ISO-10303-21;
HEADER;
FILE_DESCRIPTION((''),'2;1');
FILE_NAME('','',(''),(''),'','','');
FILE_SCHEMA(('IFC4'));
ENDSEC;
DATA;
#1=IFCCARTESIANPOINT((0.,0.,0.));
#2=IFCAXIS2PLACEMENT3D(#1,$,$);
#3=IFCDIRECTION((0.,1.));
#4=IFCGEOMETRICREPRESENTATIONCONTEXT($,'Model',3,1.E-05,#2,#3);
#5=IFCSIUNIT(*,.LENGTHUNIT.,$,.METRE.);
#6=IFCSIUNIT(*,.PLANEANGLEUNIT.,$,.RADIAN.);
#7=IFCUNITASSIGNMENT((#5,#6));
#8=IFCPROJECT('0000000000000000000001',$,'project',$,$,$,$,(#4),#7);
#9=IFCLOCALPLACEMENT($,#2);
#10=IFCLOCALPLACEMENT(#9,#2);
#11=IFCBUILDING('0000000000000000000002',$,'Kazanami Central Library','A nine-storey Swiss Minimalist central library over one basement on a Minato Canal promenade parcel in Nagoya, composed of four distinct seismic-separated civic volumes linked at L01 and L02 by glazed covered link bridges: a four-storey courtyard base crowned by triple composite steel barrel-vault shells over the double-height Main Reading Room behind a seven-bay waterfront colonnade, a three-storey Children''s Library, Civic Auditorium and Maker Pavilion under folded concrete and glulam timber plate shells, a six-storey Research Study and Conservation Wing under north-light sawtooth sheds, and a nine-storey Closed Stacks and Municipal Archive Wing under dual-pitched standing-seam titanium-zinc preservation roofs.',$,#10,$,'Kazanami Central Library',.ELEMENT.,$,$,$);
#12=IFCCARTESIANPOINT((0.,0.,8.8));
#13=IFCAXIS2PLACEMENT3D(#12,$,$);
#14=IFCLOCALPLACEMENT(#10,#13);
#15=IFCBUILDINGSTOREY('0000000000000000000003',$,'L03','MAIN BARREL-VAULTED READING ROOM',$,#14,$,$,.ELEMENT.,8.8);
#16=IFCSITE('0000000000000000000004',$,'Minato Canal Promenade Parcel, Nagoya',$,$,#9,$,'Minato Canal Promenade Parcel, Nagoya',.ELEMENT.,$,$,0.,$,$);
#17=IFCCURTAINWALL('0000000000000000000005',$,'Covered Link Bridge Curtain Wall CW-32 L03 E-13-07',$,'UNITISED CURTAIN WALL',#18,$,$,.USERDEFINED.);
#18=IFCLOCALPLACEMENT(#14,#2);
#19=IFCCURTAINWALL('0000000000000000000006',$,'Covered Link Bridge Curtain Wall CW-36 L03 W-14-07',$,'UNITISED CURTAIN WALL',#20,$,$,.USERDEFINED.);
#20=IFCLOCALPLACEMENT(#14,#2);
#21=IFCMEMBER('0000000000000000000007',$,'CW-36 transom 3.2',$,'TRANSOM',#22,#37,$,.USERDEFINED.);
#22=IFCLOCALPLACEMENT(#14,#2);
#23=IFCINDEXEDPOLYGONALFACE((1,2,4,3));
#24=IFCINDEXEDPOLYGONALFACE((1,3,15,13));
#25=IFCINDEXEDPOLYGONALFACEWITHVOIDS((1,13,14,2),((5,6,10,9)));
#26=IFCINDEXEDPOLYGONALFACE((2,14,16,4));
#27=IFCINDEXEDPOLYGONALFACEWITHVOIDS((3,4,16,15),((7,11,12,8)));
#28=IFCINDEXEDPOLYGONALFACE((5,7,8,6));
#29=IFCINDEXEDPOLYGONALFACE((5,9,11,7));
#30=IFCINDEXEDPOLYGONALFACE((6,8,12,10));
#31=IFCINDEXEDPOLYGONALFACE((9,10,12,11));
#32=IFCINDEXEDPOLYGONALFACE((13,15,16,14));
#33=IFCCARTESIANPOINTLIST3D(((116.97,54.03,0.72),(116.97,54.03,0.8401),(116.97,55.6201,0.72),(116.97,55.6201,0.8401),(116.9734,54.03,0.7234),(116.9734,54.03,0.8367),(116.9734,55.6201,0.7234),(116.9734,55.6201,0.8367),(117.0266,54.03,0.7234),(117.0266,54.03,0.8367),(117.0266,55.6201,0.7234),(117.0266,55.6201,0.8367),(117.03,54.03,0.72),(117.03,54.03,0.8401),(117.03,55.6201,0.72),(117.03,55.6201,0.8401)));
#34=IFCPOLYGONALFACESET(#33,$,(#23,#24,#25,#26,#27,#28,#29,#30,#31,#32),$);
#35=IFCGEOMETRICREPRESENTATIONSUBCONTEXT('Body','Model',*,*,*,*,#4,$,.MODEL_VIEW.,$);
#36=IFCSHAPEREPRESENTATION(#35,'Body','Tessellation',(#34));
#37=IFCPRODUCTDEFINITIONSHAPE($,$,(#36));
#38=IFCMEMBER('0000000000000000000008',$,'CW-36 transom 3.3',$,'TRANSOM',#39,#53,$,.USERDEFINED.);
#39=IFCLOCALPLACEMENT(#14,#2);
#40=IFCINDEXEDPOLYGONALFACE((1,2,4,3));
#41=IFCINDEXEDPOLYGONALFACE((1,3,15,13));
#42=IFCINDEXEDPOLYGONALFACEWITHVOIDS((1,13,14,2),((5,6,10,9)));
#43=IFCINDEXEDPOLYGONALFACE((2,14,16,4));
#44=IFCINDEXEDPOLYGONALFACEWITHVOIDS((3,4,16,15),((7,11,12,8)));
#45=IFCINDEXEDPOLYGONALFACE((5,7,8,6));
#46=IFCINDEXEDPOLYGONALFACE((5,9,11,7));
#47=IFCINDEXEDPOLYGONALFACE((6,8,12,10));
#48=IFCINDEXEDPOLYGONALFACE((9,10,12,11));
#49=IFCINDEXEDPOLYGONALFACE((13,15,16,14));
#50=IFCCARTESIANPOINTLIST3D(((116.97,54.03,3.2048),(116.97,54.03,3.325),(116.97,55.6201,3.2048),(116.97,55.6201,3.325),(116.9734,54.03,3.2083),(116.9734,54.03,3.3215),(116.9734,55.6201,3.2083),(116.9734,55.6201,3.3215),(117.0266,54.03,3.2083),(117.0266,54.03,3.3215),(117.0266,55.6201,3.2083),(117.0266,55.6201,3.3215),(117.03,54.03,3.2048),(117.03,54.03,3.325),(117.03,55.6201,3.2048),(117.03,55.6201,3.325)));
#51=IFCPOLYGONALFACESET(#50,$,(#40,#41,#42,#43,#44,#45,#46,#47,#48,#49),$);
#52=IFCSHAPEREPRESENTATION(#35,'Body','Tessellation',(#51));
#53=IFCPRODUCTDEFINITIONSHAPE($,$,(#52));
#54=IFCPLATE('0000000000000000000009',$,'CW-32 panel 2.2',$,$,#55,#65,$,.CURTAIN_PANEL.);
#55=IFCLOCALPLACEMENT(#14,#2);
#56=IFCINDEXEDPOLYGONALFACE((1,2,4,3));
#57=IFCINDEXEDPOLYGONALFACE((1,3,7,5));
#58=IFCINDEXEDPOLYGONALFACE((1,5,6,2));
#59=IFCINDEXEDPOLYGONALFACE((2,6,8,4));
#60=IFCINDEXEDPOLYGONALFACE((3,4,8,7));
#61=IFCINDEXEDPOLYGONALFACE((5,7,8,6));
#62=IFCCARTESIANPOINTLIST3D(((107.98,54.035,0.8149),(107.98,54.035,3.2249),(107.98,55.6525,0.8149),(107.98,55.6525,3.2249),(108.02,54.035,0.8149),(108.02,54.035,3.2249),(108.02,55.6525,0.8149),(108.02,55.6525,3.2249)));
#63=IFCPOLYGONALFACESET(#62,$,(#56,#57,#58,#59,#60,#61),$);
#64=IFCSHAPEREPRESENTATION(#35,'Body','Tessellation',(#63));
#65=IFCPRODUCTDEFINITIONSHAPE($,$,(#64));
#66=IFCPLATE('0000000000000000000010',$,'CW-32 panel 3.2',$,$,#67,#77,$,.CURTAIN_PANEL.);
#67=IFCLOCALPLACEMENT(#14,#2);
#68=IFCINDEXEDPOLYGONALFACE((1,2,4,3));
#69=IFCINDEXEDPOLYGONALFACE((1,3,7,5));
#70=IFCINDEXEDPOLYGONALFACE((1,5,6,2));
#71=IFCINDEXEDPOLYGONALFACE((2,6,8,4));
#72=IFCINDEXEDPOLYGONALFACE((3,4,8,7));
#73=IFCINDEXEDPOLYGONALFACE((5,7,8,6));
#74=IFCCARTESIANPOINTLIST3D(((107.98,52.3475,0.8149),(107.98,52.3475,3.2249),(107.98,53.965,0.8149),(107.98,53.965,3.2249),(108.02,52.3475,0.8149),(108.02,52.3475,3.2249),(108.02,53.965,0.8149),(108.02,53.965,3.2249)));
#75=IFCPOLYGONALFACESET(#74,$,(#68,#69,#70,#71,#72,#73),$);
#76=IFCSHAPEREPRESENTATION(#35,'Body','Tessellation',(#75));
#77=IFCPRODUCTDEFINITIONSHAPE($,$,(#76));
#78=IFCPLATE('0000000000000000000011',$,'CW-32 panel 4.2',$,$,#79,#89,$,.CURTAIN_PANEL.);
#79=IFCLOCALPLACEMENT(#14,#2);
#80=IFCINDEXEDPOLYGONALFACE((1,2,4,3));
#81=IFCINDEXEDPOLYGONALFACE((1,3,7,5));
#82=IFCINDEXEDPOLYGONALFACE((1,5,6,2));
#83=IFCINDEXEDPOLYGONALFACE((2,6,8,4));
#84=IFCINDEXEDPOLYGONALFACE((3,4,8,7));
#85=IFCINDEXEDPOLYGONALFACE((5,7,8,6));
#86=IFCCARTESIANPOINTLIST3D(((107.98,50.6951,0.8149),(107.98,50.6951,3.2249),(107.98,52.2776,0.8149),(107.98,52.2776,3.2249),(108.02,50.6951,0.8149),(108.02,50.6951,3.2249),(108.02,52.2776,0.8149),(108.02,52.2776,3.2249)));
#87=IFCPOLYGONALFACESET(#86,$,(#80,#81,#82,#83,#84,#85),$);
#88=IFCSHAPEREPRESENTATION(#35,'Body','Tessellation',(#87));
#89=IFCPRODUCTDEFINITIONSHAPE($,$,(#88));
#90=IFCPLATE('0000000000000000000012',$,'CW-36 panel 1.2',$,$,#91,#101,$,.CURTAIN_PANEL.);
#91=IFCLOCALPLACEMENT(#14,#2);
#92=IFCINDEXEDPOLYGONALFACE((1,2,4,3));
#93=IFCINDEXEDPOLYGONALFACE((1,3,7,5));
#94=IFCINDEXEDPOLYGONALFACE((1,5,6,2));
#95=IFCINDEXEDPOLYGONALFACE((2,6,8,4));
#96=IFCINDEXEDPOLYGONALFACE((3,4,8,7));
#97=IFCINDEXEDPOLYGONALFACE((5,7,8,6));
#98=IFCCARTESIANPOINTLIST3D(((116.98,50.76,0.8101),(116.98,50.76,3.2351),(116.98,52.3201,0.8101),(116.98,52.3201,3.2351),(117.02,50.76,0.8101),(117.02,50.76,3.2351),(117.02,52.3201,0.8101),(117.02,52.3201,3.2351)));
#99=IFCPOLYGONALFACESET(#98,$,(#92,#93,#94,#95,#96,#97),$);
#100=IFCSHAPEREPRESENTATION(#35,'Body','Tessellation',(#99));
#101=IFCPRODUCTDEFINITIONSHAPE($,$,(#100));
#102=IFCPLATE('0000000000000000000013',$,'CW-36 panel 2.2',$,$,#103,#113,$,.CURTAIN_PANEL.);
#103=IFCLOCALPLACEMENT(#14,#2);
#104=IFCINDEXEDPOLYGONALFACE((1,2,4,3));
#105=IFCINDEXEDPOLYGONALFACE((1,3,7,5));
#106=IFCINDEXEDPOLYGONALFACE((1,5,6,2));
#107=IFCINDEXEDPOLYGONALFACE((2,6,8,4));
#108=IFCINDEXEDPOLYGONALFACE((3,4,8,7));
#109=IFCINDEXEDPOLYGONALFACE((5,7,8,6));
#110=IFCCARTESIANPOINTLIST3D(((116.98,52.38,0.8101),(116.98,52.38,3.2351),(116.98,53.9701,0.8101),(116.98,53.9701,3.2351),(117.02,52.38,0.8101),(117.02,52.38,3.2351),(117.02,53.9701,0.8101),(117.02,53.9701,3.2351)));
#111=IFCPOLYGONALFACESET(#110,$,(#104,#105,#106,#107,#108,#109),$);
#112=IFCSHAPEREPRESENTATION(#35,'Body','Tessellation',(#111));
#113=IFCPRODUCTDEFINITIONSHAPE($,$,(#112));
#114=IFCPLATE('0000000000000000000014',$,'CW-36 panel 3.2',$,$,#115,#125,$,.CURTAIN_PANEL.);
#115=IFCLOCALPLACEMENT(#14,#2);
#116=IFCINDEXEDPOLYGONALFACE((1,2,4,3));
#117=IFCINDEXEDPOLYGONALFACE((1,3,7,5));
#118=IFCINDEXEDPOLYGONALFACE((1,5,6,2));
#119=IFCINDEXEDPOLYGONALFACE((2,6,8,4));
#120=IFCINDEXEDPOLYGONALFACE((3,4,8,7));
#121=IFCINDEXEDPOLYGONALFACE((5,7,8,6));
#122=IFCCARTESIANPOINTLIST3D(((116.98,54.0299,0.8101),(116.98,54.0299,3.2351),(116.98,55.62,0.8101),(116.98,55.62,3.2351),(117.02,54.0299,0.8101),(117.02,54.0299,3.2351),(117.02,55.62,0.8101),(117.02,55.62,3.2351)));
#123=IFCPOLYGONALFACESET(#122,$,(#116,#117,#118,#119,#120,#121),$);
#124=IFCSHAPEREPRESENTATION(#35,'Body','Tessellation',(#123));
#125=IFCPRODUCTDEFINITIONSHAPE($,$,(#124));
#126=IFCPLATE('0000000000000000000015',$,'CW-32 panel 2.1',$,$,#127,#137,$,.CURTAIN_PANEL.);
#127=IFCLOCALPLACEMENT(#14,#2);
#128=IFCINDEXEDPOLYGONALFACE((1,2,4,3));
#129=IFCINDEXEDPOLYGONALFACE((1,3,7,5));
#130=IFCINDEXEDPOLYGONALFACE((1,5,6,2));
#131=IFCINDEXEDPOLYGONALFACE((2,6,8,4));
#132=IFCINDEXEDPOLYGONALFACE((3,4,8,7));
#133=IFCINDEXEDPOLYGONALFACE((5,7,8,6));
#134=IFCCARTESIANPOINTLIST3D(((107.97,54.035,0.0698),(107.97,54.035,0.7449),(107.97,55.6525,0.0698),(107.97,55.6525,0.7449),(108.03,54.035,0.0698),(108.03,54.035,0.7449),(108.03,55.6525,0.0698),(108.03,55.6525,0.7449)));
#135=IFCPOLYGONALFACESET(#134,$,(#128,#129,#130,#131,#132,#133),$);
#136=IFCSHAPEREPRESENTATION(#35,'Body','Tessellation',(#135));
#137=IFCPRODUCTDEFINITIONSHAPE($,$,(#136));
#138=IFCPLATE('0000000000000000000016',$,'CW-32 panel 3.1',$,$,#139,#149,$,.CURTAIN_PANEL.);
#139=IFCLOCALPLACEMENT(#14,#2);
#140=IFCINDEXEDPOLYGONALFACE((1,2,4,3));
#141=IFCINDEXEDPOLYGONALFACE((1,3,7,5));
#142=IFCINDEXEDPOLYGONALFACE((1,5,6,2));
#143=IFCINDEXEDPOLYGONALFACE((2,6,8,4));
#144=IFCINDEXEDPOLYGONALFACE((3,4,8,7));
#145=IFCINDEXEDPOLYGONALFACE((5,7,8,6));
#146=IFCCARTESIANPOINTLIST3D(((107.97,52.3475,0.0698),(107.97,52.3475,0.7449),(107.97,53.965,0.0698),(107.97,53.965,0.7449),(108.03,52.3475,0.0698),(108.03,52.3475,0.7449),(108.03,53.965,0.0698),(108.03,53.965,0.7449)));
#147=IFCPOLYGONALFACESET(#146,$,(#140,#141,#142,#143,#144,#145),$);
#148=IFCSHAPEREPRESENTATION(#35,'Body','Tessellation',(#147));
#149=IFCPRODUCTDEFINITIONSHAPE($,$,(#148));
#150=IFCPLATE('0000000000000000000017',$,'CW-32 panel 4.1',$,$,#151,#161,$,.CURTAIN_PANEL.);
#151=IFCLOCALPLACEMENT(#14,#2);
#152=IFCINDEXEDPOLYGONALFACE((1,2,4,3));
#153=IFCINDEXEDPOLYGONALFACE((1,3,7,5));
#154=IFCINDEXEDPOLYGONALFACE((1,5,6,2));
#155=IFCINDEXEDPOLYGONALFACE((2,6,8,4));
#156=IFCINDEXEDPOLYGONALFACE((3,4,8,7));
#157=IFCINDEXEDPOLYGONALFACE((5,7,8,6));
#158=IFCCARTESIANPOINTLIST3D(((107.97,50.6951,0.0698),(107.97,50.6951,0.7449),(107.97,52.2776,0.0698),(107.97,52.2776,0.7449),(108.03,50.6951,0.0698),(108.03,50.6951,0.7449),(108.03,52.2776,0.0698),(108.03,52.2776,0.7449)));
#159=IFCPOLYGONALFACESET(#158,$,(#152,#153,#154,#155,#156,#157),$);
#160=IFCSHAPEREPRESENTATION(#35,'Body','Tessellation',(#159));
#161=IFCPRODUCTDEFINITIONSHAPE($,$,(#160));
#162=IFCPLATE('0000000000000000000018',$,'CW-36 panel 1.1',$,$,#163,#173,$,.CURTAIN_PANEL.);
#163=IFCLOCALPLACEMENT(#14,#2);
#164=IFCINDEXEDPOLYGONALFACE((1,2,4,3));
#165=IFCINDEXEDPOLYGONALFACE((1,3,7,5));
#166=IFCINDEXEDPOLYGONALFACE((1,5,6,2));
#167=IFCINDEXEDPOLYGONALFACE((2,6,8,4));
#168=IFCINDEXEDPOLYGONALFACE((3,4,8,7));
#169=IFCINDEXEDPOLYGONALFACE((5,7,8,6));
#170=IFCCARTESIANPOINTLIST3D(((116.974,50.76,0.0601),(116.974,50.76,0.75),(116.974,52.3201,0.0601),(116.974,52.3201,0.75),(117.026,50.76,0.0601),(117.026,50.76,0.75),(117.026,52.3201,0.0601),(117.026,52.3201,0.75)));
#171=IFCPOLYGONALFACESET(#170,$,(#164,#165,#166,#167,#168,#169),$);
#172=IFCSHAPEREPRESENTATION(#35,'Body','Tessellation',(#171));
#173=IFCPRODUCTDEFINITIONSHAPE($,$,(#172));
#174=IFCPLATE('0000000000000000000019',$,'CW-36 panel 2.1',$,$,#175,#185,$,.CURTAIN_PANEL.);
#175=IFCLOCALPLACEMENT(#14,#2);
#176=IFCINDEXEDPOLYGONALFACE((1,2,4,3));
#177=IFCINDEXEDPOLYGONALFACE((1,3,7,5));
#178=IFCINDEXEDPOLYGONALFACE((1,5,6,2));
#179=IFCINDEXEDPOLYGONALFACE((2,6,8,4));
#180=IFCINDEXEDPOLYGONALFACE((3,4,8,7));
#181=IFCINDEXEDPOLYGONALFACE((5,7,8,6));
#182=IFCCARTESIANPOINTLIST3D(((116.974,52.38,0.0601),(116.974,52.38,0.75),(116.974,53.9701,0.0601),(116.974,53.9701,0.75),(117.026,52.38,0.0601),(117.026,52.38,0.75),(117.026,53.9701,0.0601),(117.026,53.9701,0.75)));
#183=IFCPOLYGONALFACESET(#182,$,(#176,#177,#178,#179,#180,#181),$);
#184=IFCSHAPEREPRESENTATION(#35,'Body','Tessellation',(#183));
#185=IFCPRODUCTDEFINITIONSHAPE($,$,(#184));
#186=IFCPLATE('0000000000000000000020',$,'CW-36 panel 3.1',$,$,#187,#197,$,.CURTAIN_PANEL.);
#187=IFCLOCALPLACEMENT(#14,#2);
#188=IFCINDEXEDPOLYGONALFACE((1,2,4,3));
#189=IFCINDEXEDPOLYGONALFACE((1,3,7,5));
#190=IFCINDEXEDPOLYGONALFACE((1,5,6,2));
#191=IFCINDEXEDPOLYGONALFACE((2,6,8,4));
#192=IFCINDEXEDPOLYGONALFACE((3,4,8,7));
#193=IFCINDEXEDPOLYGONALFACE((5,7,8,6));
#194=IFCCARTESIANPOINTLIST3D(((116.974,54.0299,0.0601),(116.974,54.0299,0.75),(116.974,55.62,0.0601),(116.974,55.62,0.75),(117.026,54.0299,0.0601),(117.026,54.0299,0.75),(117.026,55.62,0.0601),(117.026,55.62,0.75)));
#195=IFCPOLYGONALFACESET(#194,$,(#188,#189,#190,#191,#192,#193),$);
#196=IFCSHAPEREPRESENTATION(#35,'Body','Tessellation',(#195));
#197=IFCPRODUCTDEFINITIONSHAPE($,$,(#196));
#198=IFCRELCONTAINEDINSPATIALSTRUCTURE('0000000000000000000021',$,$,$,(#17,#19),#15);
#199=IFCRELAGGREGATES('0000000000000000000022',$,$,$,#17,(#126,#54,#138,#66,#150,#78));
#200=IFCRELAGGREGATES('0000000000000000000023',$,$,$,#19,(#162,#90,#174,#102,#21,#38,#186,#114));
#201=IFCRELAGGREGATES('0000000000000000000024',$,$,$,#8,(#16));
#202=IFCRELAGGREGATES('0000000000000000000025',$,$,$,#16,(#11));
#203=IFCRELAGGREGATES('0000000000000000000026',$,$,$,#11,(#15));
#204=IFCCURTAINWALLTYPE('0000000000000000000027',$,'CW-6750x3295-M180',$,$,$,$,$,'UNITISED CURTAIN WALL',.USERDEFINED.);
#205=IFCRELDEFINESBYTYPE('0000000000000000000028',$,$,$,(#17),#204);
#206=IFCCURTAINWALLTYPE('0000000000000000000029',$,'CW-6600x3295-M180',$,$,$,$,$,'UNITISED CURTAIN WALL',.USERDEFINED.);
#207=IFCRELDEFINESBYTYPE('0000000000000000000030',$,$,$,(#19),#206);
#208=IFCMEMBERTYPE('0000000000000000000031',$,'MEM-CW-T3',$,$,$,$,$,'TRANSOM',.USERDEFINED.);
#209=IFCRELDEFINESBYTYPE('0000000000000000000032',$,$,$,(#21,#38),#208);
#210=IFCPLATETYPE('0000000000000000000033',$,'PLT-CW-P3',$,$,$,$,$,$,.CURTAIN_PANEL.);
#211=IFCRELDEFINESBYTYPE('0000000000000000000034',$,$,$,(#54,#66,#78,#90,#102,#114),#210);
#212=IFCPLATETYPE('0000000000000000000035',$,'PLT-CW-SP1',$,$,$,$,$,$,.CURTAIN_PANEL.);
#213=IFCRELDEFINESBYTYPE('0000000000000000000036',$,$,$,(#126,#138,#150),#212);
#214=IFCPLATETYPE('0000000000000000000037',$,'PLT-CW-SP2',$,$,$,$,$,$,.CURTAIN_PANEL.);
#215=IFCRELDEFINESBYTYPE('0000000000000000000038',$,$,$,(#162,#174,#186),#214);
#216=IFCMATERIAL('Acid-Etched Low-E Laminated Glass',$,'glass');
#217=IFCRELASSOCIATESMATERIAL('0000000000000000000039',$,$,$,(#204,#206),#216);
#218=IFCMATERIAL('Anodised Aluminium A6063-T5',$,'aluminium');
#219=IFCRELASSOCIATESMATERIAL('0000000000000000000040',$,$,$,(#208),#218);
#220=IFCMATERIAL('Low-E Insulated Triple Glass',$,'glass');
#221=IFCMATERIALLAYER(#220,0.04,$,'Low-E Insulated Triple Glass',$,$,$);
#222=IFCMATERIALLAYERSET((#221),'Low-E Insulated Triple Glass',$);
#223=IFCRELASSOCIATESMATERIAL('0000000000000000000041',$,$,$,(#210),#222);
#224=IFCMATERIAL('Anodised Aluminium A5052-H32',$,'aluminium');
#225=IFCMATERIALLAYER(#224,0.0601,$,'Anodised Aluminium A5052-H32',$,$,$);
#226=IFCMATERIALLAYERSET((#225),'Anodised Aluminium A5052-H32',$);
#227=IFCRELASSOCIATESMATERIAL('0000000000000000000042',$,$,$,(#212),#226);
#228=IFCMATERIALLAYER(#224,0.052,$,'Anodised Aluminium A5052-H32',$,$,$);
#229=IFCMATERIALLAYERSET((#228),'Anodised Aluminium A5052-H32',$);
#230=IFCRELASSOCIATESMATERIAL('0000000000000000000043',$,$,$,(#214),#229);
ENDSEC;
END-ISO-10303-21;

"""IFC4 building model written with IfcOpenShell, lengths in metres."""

from ifc_helpers import new_model, si_unit, direction, frame, origin, origin_2d, place, context, subcontext, project, spatial, rectangle, hollow_rectangle, extrude, material, layer, layer_set, material_profile, profile_set, type_object, element, aggregate, save


model = new_model("IFC4")

# Units and contexts
model_context = context("Model", 3, precision=1e-05, world=origin(), true_north=direction((0.0, 1.0)))
body_context = subcontext(model_context, "Body", "Model", "MODEL_VIEW")
ifc_project = project(units=[si_unit("LENGTHUNIT", "METRE"), si_unit("PLANEANGLEUNIT", "RADIAN")], contexts=[model_context])

# Site, building, storey
site_placement = place(None, origin())
site = spatial("IfcSite", under=ifc_project, at=site_placement, Name="Minato Canal Promenade Parcel, Nagoya", LongName="Minato Canal Promenade Parcel, Nagoya", CompositionType="ELEMENT", RefElevation=0.0)
building_placement = place(site_placement, origin())
building = spatial("IfcBuilding", under=site, at=building_placement, Name="Kazanami Central Library", Description="A nine-storey Swiss Minimalist central library over one basement on a Minato Canal promenade parcel in Nagoya, composed of four distinct seismic-separated civic volumes linked at L01 and L02 by glazed covered link bridges: a four-storey courtyard base crowned by triple composite steel barrel-vault shells over the double-height Main Reading Room behind a seven-bay waterfront colonnade, a three-storey Children's Library, Civic Auditorium and Maker Pavilion under folded concrete and glulam timber plate shells, a six-storey Research Study and Conservation Wing under north-light sawtooth sheds, and a nine-storey Closed Stacks and Municipal Archive Wing under dual-pitched standing-seam titanium-zinc preservation roofs.", LongName="Kazanami Central Library", CompositionType="ELEMENT")
storey_placement = place(building_placement, frame((0.0, 0.0, 8.8)))
storey = spatial("IfcBuildingStorey", under=building, at=storey_placement, Name="L03", Description="MAIN BARREL-VAULTED READING ROOM", CompositionType="ELEMENT", Elevation=8.8)

# Curtain walls
ifc_material_1 = material(Name="Acid-Etched Low-E Laminated Glass", Category="glass")
curtain_wall_type_1 = type_object("IfcCurtainWallType", Name="CW-6750x3295-M180", ElementType="UNITISED CURTAIN WALL", PredefinedType="USERDEFINED", material=ifc_material_1)
curtain_wall_1_placement = place(storey_placement, origin())
curtain_wall_1 = element("IfcCurtainWall", 1, at=curtain_wall_1_placement, inside=storey, type_object=curtain_wall_type_1, Name="Covered Link Bridge Curtain Wall CW-32 L03 E-13-07", ObjectType="UNITISED CURTAIN WALL", PredefinedType="USERDEFINED")
ifc_material_2 = material(Name="Anodised Aluminium A6063-T5", Category="aluminium")
curtain_wall_type_2 = type_object("IfcCurtainWallType", Name="CW-6600x3295-M180", ElementType="UNITISED CURTAIN WALL", PredefinedType="USERDEFINED", material=ifc_material_1)
curtain_wall_2_placement = place(storey_placement, origin())
curtain_wall_2 = element("IfcCurtainWall", 2, at=curtain_wall_2_placement, inside=storey, type_object=curtain_wall_type_2, Name="Covered Link Bridge Curtain Wall CW-36 L03 W-14-07", ObjectType="UNITISED CURTAIN WALL", PredefinedType="USERDEFINED")

# Members
ifc_material_profile_1 = material_profile(ifc_material_2, hollow_rectangle(XDim=0.0601, YDim=0.1201, WallThickness=0.0034, at=origin_2d()), Name="ALU-TRAN-60x120x3.5")
ifc_profile_set_1 = profile_set([ifc_material_profile_1], Name="Anodised Aluminium A6063-T5")
member_type_1 = type_object("IfcMemberType", Name="MEM-CW-T3", ElementType="TRANSOM", PredefinedType="USERDEFINED", material=ifc_profile_set_1)
member_1_placement = place(storey_placement, frame((117.0, 54.03, 0.78), z_axis=(0.0, 1.0, 0.0), x_axis=(-1.0, 0.0, 0.0)))
member_1 = element("IfcMember", 3, at=member_1_placement, type_object=member_type_1, Name="CW-36 transom 3.2", ObjectType="TRANSOM", PredefinedType="USERDEFINED", context=body_context, shape_type="SweptSolid", body=[
    extrude(hollow_rectangle(XDim=0.0601, YDim=0.1201, WallThickness=0.0034, at=origin_2d()), origin(), (0.0, 0.0, 1.0), 1.5901),
])
member_2_placement = place(storey_placement, frame((117.0, 54.03, 3.2649), z_axis=(0.0, 1.0, 0.0), x_axis=(-1.0, 0.0, 0.0)))
member_2 = element("IfcMember", 4, at=member_2_placement, type_object=member_type_1, Name="CW-36 transom 3.3", ObjectType="TRANSOM", PredefinedType="USERDEFINED", context=body_context, shape_type="SweptSolid", body=[
    extrude(hollow_rectangle(XDim=0.0601, YDim=0.1201, WallThickness=0.0034, at=origin_2d()), origin(), (0.0, 0.0, 1.0), 1.5901),
])

# Plates
ifc_material_3 = material(Name="Low-E Insulated Triple Glass", Category="glass")
ifc_layer_1 = layer(ifc_material_3, 0.04, Name="Low-E Insulated Triple Glass")
ifc_layer_set_1 = layer_set([ifc_layer_1], Name="Low-E Insulated Triple Glass")
plate_type_1 = type_object("IfcPlateType", Name="PLT-CW-P3", PredefinedType="CURTAIN_PANEL", material=ifc_layer_set_1)
plate_1_placement = place(storey_placement, frame((108.0, 54.8438, 0.8149), z_axis=(0.0, 0.0, 1.0), x_axis=(0.0, -1.0, 0.0)))
plate_1 = element("IfcPlate", 5, at=plate_1_placement, type_object=plate_type_1, Name="CW-32 panel 2.2", PredefinedType="CURTAIN_PANEL", context=body_context, shape_type="SweptSolid", body=[
    extrude(rectangle(XDim=1.6174, YDim=0.04, at=origin_2d()), origin(), (0.0, 0.0, 1.0), 2.4099),
])
plate_2_placement = place(storey_placement, frame((108.0, 53.1562, 0.8149), z_axis=(0.0, 0.0, 1.0), x_axis=(0.0, -1.0, 0.0)))
plate_2 = element("IfcPlate", 6, at=plate_2_placement, type_object=plate_type_1, Name="CW-32 panel 3.2", PredefinedType="CURTAIN_PANEL", context=body_context, shape_type="SweptSolid", body=[
    extrude(rectangle(XDim=1.6174, YDim=0.04, at=origin_2d()), origin(), (0.0, 0.0, 1.0), 2.4099),
])
plate_3_placement = place(storey_placement, frame((108.0, 51.4863, 0.8149), z_axis=(0.0, 0.0, 1.0), x_axis=(0.0, -1.0, 0.0)))
plate_3 = element("IfcPlate", 7, at=plate_3_placement, type_object=plate_type_1, Name="CW-32 panel 4.2", PredefinedType="CURTAIN_PANEL", context=body_context, shape_type="SweptSolid", body=[
    extrude(rectangle(XDim=1.5825, YDim=0.04, at=origin_2d()), origin(), (0.0, 0.0, 1.0), 2.4099),
])
plate_4_placement = place(storey_placement, frame((117.0, 51.54, 0.8101), z_axis=(0.0, 0.0, 1.0), x_axis=(0.0, 1.0, 0.0)))
plate_4 = element("IfcPlate", 8, at=plate_4_placement, type_object=plate_type_1, Name="CW-36 panel 1.2", PredefinedType="CURTAIN_PANEL", context=body_context, shape_type="SweptSolid", body=[
    extrude(rectangle(XDim=1.5601, YDim=0.04, at=origin_2d()), origin(), (0.0, 0.0, 1.0), 2.425),
])
plate_5_placement = place(storey_placement, frame((117.0, 53.175, 0.8101), z_axis=(0.0, 0.0, 1.0), x_axis=(0.0, 1.0, 0.0)))
plate_5 = element("IfcPlate", 9, at=plate_5_placement, type_object=plate_type_1, Name="CW-36 panel 2.2", PredefinedType="CURTAIN_PANEL", context=body_context, shape_type="SweptSolid", body=[
    extrude(rectangle(XDim=1.5901, YDim=0.04, at=origin_2d()), origin(), (0.0, 0.0, 1.0), 2.425),
])
plate_6_placement = place(storey_placement, frame((117.0, 54.825, 0.8101), z_axis=(0.0, 0.0, 1.0), x_axis=(0.0, 1.0, 0.0)))
plate_6 = element("IfcPlate", 10, at=plate_6_placement, type_object=plate_type_1, Name="CW-36 panel 3.2", PredefinedType="CURTAIN_PANEL", context=body_context, shape_type="SweptSolid", body=[
    extrude(rectangle(XDim=1.5901, YDim=0.04, at=origin_2d()), origin(), (0.0, 0.0, 1.0), 2.425),
])
ifc_material_4 = material(Name="Anodised Aluminium A5052-H32", Category="aluminium")
ifc_layer_2 = layer(ifc_material_4, 0.0601, Name="Anodised Aluminium A5052-H32")
ifc_layer_set_2 = layer_set([ifc_layer_2], Name="Anodised Aluminium A5052-H32")
plate_type_2 = type_object("IfcPlateType", Name="PLT-CW-SP1", PredefinedType="CURTAIN_PANEL", material=ifc_layer_set_2)
plate_7_placement = place(storey_placement, frame((108.0, 54.8438, 0.0698), z_axis=(0.0, 0.0, 1.0), x_axis=(0.0, -1.0, 0.0)))
plate_7 = element("IfcPlate", 11, at=plate_7_placement, type_object=plate_type_2, Name="CW-32 panel 2.1", PredefinedType="CURTAIN_PANEL", context=body_context, shape_type="SweptSolid", body=[
    extrude(rectangle(XDim=1.6174, YDim=0.0601, at=origin_2d()), origin(), (0.0, 0.0, 1.0), 0.675),
])
plate_8_placement = place(storey_placement, frame((108.0, 53.1562, 0.0698), z_axis=(0.0, 0.0, 1.0), x_axis=(0.0, -1.0, 0.0)))
plate_8 = element("IfcPlate", 12, at=plate_8_placement, type_object=plate_type_2, Name="CW-32 panel 3.1", PredefinedType="CURTAIN_PANEL", context=body_context, shape_type="SweptSolid", body=[
    extrude(rectangle(XDim=1.6174, YDim=0.0601, at=origin_2d()), origin(), (0.0, 0.0, 1.0), 0.675),
])
plate_9_placement = place(storey_placement, frame((108.0, 51.4863, 0.0698), z_axis=(0.0, 0.0, 1.0), x_axis=(0.0, -1.0, 0.0)))
plate_9 = element("IfcPlate", 13, at=plate_9_placement, type_object=plate_type_2, Name="CW-32 panel 4.1", PredefinedType="CURTAIN_PANEL", context=body_context, shape_type="SweptSolid", body=[
    extrude(rectangle(XDim=1.5825, YDim=0.0601, at=origin_2d()), origin(), (0.0, 0.0, 1.0), 0.675),
])
aggregate(curtain_wall_1, [plate_7, plate_1, plate_8, plate_2, plate_9, plate_3])
ifc_layer_3 = layer(ifc_material_4, 0.052, Name="Anodised Aluminium A5052-H32")
ifc_layer_set_3 = layer_set([ifc_layer_3], Name="Anodised Aluminium A5052-H32")
plate_type_3 = type_object("IfcPlateType", Name="PLT-CW-SP2", PredefinedType="CURTAIN_PANEL", material=ifc_layer_set_3)
plate_10_placement = place(storey_placement, frame((117.0, 51.54, 0.0601), z_axis=(0.0, 0.0, 1.0), x_axis=(0.0, 1.0, 0.0)))
plate_10 = element("IfcPlate", 14, at=plate_10_placement, type_object=plate_type_3, Name="CW-36 panel 1.1", PredefinedType="CURTAIN_PANEL", context=body_context, shape_type="SweptSolid", body=[
    extrude(rectangle(XDim=1.5601, YDim=0.052, at=origin_2d()), origin(), (0.0, 0.0, 1.0), 0.6899),
])
plate_11_placement = place(storey_placement, frame((117.0, 53.175, 0.0601), z_axis=(0.0, 0.0, 1.0), x_axis=(0.0, 1.0, 0.0)))
plate_11 = element("IfcPlate", 15, at=plate_11_placement, type_object=plate_type_3, Name="CW-36 panel 2.1", PredefinedType="CURTAIN_PANEL", context=body_context, shape_type="SweptSolid", body=[
    extrude(rectangle(XDim=1.5901, YDim=0.052, at=origin_2d()), origin(), (0.0, 0.0, 1.0), 0.6899),
])
plate_12_placement = place(storey_placement, frame((117.0, 54.825, 0.0601), z_axis=(0.0, 0.0, 1.0), x_axis=(0.0, 1.0, 0.0)))
plate_12 = element("IfcPlate", 16, at=plate_12_placement, type_object=plate_type_3, Name="CW-36 panel 3.1", PredefinedType="CURTAIN_PANEL", context=body_context, shape_type="SweptSolid", body=[
    extrude(rectangle(XDim=1.5901, YDim=0.052, at=origin_2d()), origin(), (0.0, 0.0, 1.0), 0.6899),
])
aggregate(curtain_wall_2, [plate_10, plate_4, plate_11, plate_5, member_1, member_2, plate_12, plate_6])

save(model, "model.ifc")
